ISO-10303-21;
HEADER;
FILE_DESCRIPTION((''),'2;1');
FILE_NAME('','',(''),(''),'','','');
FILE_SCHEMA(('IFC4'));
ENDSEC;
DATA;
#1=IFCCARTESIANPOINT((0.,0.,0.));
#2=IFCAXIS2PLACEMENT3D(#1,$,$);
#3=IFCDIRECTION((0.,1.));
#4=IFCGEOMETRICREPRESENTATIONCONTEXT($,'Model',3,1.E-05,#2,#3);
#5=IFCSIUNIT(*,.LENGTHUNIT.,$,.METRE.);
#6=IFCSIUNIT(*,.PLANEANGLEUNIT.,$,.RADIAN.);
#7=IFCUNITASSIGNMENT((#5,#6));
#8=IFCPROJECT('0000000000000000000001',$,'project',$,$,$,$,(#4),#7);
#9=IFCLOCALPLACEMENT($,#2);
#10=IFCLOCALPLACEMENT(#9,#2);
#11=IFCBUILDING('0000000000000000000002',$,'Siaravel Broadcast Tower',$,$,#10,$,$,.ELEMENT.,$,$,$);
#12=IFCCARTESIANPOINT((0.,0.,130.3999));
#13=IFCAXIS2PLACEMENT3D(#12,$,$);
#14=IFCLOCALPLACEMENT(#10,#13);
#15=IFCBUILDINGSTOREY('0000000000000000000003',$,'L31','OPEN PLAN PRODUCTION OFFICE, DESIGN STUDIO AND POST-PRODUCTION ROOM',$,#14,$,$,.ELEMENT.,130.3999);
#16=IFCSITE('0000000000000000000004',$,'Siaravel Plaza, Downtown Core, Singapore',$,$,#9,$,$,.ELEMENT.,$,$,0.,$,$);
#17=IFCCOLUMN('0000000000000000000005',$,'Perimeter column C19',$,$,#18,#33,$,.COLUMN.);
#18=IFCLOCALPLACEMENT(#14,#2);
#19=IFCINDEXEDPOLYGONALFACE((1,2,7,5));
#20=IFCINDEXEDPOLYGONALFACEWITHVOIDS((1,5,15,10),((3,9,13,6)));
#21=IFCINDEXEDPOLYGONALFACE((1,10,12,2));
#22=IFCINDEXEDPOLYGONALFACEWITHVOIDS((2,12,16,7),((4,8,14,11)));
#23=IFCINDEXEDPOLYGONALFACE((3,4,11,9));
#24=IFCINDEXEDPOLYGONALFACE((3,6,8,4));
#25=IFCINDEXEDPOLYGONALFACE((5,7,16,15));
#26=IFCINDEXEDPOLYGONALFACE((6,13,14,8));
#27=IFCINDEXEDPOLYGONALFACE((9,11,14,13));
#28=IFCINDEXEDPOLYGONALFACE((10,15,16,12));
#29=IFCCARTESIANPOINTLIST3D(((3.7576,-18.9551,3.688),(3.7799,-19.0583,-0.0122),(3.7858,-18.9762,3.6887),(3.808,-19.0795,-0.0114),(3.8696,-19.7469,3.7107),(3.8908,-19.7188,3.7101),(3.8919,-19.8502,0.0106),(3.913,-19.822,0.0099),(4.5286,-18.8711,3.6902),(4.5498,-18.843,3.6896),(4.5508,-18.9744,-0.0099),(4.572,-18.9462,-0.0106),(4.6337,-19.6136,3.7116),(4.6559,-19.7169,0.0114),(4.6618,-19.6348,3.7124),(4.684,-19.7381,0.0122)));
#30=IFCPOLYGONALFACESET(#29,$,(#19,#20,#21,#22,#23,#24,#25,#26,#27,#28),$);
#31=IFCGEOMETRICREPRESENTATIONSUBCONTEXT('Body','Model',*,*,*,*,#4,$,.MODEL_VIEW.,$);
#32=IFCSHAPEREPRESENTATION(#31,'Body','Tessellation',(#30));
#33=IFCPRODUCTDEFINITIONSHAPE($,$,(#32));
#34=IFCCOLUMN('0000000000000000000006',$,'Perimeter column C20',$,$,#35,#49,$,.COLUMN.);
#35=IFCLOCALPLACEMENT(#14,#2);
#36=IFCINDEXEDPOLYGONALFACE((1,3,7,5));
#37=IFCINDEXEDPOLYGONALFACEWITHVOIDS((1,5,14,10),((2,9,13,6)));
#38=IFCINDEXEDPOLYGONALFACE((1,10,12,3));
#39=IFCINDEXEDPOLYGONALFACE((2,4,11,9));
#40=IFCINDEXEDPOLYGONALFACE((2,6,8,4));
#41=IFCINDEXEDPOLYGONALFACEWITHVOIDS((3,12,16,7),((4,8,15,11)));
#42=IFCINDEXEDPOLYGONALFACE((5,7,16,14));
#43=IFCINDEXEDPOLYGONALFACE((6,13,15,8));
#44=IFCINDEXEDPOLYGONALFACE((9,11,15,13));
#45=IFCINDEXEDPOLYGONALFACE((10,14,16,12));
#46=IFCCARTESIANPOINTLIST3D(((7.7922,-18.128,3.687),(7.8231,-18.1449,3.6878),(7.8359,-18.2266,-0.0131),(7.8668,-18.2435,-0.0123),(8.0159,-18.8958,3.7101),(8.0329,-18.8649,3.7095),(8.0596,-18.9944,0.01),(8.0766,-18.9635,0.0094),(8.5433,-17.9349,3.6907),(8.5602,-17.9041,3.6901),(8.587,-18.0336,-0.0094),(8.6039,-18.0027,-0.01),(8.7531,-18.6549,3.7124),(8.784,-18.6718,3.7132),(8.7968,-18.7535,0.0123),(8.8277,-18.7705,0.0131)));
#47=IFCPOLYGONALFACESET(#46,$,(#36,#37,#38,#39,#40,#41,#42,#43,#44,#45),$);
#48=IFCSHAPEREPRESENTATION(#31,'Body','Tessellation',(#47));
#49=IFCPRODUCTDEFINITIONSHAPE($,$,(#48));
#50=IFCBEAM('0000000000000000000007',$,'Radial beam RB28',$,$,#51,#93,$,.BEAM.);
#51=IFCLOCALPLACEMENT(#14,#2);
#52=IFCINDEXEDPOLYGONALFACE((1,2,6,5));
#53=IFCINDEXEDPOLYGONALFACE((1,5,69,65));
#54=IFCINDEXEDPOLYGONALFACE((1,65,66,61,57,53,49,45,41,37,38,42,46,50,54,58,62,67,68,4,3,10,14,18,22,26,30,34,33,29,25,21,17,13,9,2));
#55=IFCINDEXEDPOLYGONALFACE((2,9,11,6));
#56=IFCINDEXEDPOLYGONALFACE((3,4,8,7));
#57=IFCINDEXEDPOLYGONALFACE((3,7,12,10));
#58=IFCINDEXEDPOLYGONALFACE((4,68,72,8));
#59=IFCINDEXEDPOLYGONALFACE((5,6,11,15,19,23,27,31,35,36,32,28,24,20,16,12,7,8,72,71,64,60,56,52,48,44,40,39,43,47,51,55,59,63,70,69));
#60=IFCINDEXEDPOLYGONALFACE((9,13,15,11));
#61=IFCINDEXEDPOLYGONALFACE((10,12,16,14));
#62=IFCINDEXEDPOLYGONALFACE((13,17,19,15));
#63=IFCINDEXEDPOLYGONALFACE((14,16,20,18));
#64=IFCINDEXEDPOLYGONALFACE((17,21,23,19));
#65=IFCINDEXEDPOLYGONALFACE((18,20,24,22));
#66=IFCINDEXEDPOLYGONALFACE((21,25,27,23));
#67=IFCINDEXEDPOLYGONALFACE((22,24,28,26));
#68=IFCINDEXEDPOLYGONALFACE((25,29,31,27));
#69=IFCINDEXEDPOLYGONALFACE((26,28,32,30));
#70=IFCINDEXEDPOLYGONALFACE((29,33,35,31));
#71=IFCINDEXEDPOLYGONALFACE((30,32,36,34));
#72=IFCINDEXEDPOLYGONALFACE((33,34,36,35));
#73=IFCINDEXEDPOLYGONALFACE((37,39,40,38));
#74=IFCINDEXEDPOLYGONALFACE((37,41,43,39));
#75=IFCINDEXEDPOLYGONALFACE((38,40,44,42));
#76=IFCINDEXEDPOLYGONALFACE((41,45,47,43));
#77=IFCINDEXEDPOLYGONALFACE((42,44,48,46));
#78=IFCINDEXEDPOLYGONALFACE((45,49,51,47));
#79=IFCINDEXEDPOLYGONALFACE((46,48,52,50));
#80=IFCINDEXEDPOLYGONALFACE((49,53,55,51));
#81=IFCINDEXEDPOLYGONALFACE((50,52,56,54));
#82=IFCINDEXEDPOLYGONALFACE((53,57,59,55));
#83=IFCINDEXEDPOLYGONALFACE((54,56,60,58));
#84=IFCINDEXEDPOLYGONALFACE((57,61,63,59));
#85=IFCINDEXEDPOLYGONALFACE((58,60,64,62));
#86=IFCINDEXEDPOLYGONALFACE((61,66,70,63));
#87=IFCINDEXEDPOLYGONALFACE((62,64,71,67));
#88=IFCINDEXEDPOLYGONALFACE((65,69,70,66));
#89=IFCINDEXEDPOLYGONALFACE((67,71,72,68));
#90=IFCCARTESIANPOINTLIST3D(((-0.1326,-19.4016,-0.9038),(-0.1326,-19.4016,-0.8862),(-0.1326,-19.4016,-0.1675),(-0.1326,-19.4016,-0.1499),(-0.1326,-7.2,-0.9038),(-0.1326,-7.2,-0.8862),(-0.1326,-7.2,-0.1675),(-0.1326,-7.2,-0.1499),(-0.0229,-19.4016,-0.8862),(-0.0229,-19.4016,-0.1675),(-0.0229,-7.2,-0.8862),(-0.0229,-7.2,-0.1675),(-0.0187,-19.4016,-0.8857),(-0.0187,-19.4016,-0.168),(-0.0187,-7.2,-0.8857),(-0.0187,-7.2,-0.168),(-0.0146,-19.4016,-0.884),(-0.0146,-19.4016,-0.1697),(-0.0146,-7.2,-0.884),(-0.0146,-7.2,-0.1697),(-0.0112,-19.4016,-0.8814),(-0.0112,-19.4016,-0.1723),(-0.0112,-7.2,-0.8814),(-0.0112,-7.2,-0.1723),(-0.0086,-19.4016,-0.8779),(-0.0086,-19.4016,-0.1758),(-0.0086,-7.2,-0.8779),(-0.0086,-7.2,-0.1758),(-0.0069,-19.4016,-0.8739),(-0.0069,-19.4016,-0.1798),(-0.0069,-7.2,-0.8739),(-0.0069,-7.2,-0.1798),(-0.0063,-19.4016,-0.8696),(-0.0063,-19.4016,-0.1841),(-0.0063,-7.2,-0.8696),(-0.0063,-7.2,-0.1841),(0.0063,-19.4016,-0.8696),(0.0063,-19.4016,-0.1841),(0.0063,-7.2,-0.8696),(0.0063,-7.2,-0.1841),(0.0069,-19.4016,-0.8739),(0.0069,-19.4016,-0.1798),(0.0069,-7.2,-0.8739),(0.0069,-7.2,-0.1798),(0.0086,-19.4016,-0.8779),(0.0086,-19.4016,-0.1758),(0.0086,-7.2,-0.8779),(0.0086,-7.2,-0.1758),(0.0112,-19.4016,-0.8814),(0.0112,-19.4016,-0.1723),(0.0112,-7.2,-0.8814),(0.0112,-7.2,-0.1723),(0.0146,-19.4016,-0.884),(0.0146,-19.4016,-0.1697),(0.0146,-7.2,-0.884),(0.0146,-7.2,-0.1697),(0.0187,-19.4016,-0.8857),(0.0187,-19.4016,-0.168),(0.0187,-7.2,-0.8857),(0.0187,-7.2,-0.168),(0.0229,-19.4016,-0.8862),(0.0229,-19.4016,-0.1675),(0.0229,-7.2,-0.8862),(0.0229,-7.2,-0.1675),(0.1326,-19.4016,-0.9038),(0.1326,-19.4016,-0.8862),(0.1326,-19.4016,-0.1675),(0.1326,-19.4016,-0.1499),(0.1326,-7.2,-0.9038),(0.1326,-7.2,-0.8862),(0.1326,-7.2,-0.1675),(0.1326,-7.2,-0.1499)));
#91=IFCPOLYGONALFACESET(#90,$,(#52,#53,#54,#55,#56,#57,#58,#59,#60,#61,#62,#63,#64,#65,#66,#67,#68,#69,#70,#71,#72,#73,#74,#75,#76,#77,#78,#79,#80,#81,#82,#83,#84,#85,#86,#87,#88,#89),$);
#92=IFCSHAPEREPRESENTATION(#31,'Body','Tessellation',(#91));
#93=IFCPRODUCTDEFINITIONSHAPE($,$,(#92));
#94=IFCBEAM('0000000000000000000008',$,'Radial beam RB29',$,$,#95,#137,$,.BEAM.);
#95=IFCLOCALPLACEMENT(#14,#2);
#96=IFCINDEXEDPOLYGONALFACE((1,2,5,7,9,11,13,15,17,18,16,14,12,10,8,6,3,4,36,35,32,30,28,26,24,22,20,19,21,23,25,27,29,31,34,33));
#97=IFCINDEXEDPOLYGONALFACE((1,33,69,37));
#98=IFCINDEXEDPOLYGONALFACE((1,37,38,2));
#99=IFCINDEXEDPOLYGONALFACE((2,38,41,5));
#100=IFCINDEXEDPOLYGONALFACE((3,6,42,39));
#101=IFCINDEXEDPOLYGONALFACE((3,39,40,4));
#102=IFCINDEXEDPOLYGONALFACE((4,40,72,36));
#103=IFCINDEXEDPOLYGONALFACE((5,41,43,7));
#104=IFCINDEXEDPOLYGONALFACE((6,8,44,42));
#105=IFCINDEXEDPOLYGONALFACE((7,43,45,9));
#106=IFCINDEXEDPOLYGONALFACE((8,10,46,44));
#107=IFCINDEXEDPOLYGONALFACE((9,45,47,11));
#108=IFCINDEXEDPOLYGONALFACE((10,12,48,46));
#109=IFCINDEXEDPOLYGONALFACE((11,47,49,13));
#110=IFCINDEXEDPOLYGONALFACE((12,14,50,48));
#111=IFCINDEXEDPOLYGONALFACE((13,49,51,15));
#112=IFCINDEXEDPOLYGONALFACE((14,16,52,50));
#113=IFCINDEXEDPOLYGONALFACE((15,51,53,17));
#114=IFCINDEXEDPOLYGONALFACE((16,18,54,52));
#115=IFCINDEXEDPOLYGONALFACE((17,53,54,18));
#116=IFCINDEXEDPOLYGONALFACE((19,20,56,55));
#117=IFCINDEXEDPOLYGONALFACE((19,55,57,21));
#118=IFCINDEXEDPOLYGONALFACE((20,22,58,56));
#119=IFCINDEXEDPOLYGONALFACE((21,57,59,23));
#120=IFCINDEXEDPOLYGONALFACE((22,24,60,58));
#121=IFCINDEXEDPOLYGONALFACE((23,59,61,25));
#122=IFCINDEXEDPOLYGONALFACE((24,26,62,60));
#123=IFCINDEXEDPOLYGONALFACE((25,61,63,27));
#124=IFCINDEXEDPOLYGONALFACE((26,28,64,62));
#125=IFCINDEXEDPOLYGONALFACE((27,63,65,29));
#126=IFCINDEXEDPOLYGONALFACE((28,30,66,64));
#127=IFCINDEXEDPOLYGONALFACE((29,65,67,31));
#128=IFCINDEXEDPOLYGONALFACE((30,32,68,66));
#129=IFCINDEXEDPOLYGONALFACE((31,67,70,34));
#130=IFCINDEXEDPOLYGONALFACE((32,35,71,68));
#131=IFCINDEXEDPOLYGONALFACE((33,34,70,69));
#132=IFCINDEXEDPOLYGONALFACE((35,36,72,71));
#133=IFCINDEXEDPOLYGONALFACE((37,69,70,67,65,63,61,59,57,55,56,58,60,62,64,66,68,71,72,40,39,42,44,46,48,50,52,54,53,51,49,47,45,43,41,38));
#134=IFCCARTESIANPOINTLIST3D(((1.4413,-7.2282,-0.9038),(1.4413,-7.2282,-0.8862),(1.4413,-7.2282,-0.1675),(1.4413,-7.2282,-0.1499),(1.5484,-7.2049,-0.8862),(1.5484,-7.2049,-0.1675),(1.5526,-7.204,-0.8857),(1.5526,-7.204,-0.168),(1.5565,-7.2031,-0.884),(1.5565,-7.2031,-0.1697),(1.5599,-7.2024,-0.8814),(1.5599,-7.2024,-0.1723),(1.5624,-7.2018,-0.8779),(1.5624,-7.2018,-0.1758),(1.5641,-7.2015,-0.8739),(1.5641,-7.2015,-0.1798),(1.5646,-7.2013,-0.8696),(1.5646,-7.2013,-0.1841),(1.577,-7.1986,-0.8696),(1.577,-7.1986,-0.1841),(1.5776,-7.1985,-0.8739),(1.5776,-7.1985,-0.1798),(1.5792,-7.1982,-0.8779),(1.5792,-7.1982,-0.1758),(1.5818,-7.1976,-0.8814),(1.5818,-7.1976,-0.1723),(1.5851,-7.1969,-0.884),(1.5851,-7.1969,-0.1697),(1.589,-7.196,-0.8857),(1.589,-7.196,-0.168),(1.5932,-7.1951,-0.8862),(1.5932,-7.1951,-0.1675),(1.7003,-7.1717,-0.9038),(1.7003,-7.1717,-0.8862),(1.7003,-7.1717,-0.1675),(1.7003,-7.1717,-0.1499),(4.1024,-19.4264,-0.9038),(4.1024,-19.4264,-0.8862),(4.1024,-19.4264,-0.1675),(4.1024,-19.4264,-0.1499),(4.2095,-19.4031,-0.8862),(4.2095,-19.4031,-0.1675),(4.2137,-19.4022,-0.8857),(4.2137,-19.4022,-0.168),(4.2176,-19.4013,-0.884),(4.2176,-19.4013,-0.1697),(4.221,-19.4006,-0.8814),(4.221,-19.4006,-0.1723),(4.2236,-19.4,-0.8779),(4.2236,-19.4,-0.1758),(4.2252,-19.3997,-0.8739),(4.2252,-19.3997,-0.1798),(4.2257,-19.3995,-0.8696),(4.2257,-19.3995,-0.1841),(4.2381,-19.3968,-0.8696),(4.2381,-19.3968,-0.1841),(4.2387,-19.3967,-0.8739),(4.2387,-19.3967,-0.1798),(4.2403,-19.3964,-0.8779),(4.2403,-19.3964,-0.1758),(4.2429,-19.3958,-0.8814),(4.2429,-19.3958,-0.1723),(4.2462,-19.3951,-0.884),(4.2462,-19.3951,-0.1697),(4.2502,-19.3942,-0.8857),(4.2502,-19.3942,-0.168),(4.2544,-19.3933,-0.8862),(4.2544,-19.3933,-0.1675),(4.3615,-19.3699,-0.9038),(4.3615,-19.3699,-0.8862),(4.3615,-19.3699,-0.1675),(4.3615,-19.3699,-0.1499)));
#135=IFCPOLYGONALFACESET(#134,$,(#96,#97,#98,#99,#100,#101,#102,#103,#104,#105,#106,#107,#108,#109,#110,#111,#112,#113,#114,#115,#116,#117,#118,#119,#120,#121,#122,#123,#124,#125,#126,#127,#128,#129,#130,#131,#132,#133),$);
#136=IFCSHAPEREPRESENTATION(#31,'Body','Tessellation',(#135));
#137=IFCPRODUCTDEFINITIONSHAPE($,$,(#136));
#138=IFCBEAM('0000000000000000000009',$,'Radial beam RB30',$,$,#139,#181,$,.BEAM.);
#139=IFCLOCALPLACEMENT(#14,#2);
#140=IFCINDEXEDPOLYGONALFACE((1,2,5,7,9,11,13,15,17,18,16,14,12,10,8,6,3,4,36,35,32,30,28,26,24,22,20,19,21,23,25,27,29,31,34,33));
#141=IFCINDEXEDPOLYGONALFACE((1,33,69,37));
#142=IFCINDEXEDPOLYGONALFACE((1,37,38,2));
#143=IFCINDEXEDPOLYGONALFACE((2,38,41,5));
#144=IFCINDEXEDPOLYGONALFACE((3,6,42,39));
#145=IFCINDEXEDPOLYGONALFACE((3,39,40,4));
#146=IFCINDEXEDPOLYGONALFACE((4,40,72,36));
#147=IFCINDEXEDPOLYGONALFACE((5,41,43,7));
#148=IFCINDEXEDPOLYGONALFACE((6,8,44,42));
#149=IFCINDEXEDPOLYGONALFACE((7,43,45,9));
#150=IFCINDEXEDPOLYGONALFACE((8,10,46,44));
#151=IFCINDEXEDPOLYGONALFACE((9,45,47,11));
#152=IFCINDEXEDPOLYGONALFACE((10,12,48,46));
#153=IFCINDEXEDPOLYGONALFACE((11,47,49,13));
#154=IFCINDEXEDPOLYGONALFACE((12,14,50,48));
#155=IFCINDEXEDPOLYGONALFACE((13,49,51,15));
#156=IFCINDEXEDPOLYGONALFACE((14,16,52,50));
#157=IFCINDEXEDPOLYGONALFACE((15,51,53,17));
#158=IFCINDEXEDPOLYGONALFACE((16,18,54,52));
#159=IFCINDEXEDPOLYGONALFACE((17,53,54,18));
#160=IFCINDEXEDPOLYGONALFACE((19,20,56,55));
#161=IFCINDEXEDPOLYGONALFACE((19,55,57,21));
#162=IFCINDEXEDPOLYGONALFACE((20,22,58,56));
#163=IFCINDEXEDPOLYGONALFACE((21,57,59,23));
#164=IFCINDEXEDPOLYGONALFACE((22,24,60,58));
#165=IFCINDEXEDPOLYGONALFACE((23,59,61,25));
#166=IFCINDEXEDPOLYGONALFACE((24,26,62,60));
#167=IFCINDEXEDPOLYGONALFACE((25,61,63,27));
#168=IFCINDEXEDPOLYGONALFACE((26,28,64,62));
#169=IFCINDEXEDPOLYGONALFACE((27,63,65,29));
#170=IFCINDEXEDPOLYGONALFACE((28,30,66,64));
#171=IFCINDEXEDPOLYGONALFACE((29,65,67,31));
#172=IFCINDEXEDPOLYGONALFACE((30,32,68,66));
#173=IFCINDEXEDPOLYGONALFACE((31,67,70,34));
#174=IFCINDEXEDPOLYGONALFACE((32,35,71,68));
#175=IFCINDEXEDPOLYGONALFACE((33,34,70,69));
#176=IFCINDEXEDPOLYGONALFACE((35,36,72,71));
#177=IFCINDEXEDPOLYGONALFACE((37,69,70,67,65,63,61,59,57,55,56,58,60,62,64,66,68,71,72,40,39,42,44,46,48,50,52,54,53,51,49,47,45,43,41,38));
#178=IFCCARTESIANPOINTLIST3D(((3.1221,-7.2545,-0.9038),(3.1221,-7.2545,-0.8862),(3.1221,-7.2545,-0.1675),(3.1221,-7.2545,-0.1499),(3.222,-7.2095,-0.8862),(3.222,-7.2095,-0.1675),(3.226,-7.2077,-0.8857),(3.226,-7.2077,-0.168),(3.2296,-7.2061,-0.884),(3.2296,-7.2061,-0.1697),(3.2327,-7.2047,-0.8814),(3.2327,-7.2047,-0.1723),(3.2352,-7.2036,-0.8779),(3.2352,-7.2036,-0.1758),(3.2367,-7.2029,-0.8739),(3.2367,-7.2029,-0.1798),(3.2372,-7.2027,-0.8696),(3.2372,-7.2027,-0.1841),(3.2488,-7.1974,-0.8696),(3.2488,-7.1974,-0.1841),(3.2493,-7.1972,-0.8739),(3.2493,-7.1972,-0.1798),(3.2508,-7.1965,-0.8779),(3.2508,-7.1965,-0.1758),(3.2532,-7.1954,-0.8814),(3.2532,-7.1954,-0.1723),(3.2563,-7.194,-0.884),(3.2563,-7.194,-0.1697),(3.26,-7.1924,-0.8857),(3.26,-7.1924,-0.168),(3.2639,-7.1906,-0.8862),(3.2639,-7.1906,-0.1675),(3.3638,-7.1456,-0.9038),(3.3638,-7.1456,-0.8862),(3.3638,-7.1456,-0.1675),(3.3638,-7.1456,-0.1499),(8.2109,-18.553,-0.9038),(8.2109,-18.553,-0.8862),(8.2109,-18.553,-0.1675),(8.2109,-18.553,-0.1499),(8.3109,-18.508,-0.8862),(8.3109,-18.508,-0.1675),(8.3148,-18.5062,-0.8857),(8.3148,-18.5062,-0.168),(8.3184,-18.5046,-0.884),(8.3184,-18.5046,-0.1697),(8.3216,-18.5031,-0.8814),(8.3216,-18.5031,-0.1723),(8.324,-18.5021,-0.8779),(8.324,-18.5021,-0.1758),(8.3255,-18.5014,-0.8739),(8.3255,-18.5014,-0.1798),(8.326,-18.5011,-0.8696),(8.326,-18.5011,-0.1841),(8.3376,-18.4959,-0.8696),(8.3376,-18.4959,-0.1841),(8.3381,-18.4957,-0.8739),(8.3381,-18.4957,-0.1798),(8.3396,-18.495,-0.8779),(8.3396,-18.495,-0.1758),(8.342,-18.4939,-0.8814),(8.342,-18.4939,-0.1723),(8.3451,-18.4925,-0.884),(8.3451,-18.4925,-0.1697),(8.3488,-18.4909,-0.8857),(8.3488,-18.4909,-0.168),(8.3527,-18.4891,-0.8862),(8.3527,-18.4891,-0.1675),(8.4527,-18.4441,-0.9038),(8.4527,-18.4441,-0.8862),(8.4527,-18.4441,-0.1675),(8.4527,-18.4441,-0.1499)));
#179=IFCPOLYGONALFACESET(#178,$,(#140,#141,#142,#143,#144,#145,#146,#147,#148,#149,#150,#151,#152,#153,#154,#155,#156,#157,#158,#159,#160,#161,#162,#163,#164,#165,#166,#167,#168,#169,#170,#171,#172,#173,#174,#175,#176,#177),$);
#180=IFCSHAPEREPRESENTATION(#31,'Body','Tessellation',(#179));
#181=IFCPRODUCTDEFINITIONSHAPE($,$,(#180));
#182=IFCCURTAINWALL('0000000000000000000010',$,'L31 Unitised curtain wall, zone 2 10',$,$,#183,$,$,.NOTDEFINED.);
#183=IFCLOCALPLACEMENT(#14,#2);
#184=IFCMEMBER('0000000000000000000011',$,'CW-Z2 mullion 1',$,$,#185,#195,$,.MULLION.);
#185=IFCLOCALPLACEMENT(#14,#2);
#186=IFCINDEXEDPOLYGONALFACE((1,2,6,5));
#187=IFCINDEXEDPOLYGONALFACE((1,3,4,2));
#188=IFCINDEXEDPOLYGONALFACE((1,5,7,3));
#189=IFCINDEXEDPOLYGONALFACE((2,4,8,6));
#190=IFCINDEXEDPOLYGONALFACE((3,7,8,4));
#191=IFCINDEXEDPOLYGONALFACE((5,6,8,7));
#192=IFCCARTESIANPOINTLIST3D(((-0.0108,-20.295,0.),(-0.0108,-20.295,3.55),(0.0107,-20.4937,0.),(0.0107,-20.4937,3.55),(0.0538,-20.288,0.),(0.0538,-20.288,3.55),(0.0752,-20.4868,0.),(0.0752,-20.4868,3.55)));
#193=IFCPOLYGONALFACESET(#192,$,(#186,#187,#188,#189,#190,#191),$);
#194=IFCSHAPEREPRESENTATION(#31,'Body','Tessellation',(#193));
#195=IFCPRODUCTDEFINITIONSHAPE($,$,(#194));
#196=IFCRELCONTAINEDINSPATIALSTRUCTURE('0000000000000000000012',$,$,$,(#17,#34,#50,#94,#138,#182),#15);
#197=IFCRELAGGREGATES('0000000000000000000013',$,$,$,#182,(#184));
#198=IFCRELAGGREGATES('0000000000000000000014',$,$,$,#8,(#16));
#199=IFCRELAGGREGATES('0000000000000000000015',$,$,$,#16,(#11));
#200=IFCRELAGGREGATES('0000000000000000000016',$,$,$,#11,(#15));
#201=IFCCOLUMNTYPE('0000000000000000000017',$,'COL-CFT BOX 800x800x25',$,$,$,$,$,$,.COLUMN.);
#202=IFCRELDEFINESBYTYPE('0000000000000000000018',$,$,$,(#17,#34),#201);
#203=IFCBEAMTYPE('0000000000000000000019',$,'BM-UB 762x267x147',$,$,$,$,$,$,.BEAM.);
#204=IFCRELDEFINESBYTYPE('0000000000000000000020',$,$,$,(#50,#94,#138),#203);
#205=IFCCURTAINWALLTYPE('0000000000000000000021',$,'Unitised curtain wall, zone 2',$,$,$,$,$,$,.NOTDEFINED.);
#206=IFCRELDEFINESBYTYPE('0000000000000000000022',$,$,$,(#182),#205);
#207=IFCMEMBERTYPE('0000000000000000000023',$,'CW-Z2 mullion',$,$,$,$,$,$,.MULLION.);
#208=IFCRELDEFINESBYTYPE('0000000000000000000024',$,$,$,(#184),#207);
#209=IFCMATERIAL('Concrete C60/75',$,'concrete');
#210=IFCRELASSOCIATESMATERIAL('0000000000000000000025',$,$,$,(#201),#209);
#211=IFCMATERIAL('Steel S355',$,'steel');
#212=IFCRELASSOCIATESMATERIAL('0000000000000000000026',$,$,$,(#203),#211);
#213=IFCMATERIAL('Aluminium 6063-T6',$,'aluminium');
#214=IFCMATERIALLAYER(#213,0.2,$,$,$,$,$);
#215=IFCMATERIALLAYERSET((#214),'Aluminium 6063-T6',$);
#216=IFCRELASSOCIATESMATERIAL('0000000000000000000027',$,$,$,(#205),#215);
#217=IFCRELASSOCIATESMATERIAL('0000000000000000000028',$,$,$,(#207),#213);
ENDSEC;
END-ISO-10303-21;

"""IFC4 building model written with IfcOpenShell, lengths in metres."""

from ifc_helpers import new_model, si_unit, direction, frame, origin, origin_2d, place, context, subcontext, project, spatial, rectangle, hollow_rectangle, i_section, extrude, material, layer, layer_set, material_profile, profile_set, type_object, element, aggregate, save


model = new_model("IFC4")

# Units and contexts
model_context = context("Model", 3, precision=1e-05, world=origin(), true_north=direction((0.0, 1.0)))
body_context = subcontext(model_context, "Body", "Model", "MODEL_VIEW")
ifc_project = project(units=[si_unit("LENGTHUNIT", "METRE"), si_unit("PLANEANGLEUNIT", "RADIAN")], contexts=[model_context])

# Site, building, storey
site_placement = place(None, origin())
site = spatial("IfcSite", under=ifc_project, at=site_placement, Name="Siaravel Plaza, Downtown Core, Singapore", CompositionType="ELEMENT", RefElevation=0.0)
building_placement = place(site_placement, origin())
building = spatial("IfcBuilding", under=site, at=building_placement, Name="Siaravel Broadcast Tower", CompositionType="ELEMENT")
storey_placement = place(building_placement, frame((0.0, 0.0, 130.3999)))
storey = spatial("IfcBuildingStorey", under=building, at=storey_placement, Name="L31", Description="OPEN PLAN PRODUCTION OFFICE, DESIGN STUDIO AND POST-PRODUCTION ROOM", CompositionType="ELEMENT", Elevation=130.3999)

# Columns
ifc_material_1 = material(Name="Concrete C60/75", Category="concrete")
ifc_material_profile_1 = material_profile(ifc_material_1, hollow_rectangle(XDim=0.8, YDim=0.8, WallThickness=0.0249, at=origin_2d()))
ifc_profile_set_1 = profile_set([ifc_material_profile_1], Name="Concrete C60/75")
column_type = type_object("IfcColumnType", Name="COL-CFT BOX 800x800x25", PredefinedType="COLUMN", material=ifc_profile_set_1)
for number, where, z_axis, x_axis, name in (
    (1, (4.2319, -19.3982, 0.0), (-0.006002, 0.027898, 0.999593), (-0.990133, -0.140117, -0.002034), "Perimeter column C19"),
    (2, (8.3318, -18.4985, 0.0), (-0.011805, 0.026645, 0.999575), (-0.960024, -0.279892, -0.003878), "Perimeter column C20"),
):
    element("IfcColumn", number, at=place(storey_placement, frame(where, z_axis=z_axis, x_axis=x_axis)), inside=storey, type_object=column_type, Name=name, PredefinedType="COLUMN", context=body_context, shape_type="SweptSolid", body=[
        extrude(hollow_rectangle(XDim=0.8, YDim=0.8, WallThickness=0.0249, at=origin_2d()), origin(), (0.0, 0.0, 1.0), 3.7017),
    ])

# Beams
ifc_material_2 = material(Name="Steel S355", Category="steel")
ifc_material_profile_2 = material_profile(ifc_material_2, i_section(OverallWidth=0.2651, OverallDepth=0.7539, WebThickness=0.0127, FlangeThickness=0.0176, FilletRadius=0.0166, at=origin_2d()))
ifc_profile_set_2 = profile_set([ifc_material_profile_2], Name="Steel S355")
beam_type = type_object("IfcBeamType", Name="BM-UB 762x267x147", PredefinedType="BEAM", material=ifc_profile_set_2)
beam_1_placement = place(storey_placement, frame((0.0, -19.4016, -0.5269), z_axis=(0.0, 1.0, 0.0), x_axis=(-1.0, 0.0, 0.0)))
element("IfcBeam", 3, at=beam_1_placement, inside=storey, type_object=beam_type, Name="Radial beam RB28", PredefinedType="BEAM", context=body_context, shape_type="SweptSolid", body=[
    extrude(i_section(OverallWidth=0.2651, OverallDepth=0.7539, WebThickness=0.0127, FlangeThickness=0.0176, FilletRadius=0.0166, at=origin_2d()), origin(), (0.0, 0.0, 1.0), 12.2017),
])
beam_2_placement = place(storey_placement, frame((4.2319, -19.3982, -0.5269), z_axis=(-0.213144, 0.977021, 0.0), x_axis=(-0.977021, -0.213144, 0.0)))
element("IfcBeam", 4, at=beam_2_placement, inside=storey, type_object=beam_type, Name="Radial beam RB29", PredefinedType="BEAM", context=body_context, shape_type="SweptSolid", body=[
    extrude(i_section(OverallWidth=0.2651, OverallDepth=0.7539, WebThickness=0.0127, FlangeThickness=0.0176, FilletRadius=0.0166, at=origin_2d()), origin(), (0.0, 0.0, 1.0), 12.4851),
])
beam_3_placement = place(storey_placement, frame((8.3318, -18.4985, -0.5269), z_axis=(-0.410667, 0.911785, 0.0), x_axis=(-0.911785, -0.410667, 0.0)))
element("IfcBeam", 5, at=beam_3_placement, inside=storey, type_object=beam_type, Name="Radial beam RB30", PredefinedType="BEAM", context=body_context, shape_type="SweptSolid", body=[
    extrude(i_section(OverallWidth=0.2651, OverallDepth=0.7539, WebThickness=0.0127, FlangeThickness=0.0176, FilletRadius=0.0166, at=origin_2d()), origin(), (0.0, 0.0, 1.0), 12.3916),
])

# Curtain wall, member
ifc_material_3 = material(Name="Aluminium 6063-T6", Category="aluminium")
ifc_layer_1 = layer(ifc_material_3, 0.2)
ifc_layer_set_1 = layer_set([ifc_layer_1], Name="Aluminium 6063-T6")
curtain_wall_type = type_object("IfcCurtainWallType", Name="Unitised curtain wall, zone 2", PredefinedType="NOTDEFINED", material=ifc_layer_set_1)
curtain_wall_placement = place(storey_placement, origin())
curtain_wall = element("IfcCurtainWall", 6, at=curtain_wall_placement, inside=storey, type_object=curtain_wall_type, Name="L31 Unitised curtain wall, zone 2 10", PredefinedType="NOTDEFINED")
ifc_material_profile_3 = material_profile(ifc_material_3, rectangle(XDim=0.2, YDim=0.0649, at=origin_2d()))
ifc_profile_set_3 = profile_set([ifc_material_profile_3], Name="Aluminium 6063-T6")
member_type_1 = type_object("IfcMemberType", Name="CW-Z2 mullion", PredefinedType="MULLION", material=ifc_profile_set_3)
member_1_placement = place(storey_placement, frame((0.0322, -20.3909, 0.0), z_axis=(0.0, 0.0, 1.0), x_axis=(-0.107218, 0.994236, 0.0)))
member_1 = element("IfcMember", 7, at=member_1_placement, type_object=member_type_1, Name="CW-Z2 mullion 1", PredefinedType="MULLION", context=body_context, shape_type="SweptSolid", body=[
    extrude(rectangle(XDim=0.2, YDim=0.0649, at=origin_2d()), origin(), (0.0, 0.0, 1.0), 3.55),
])

aggregate(curtain_wall, [member_1])

save(model, "model.ifc")
